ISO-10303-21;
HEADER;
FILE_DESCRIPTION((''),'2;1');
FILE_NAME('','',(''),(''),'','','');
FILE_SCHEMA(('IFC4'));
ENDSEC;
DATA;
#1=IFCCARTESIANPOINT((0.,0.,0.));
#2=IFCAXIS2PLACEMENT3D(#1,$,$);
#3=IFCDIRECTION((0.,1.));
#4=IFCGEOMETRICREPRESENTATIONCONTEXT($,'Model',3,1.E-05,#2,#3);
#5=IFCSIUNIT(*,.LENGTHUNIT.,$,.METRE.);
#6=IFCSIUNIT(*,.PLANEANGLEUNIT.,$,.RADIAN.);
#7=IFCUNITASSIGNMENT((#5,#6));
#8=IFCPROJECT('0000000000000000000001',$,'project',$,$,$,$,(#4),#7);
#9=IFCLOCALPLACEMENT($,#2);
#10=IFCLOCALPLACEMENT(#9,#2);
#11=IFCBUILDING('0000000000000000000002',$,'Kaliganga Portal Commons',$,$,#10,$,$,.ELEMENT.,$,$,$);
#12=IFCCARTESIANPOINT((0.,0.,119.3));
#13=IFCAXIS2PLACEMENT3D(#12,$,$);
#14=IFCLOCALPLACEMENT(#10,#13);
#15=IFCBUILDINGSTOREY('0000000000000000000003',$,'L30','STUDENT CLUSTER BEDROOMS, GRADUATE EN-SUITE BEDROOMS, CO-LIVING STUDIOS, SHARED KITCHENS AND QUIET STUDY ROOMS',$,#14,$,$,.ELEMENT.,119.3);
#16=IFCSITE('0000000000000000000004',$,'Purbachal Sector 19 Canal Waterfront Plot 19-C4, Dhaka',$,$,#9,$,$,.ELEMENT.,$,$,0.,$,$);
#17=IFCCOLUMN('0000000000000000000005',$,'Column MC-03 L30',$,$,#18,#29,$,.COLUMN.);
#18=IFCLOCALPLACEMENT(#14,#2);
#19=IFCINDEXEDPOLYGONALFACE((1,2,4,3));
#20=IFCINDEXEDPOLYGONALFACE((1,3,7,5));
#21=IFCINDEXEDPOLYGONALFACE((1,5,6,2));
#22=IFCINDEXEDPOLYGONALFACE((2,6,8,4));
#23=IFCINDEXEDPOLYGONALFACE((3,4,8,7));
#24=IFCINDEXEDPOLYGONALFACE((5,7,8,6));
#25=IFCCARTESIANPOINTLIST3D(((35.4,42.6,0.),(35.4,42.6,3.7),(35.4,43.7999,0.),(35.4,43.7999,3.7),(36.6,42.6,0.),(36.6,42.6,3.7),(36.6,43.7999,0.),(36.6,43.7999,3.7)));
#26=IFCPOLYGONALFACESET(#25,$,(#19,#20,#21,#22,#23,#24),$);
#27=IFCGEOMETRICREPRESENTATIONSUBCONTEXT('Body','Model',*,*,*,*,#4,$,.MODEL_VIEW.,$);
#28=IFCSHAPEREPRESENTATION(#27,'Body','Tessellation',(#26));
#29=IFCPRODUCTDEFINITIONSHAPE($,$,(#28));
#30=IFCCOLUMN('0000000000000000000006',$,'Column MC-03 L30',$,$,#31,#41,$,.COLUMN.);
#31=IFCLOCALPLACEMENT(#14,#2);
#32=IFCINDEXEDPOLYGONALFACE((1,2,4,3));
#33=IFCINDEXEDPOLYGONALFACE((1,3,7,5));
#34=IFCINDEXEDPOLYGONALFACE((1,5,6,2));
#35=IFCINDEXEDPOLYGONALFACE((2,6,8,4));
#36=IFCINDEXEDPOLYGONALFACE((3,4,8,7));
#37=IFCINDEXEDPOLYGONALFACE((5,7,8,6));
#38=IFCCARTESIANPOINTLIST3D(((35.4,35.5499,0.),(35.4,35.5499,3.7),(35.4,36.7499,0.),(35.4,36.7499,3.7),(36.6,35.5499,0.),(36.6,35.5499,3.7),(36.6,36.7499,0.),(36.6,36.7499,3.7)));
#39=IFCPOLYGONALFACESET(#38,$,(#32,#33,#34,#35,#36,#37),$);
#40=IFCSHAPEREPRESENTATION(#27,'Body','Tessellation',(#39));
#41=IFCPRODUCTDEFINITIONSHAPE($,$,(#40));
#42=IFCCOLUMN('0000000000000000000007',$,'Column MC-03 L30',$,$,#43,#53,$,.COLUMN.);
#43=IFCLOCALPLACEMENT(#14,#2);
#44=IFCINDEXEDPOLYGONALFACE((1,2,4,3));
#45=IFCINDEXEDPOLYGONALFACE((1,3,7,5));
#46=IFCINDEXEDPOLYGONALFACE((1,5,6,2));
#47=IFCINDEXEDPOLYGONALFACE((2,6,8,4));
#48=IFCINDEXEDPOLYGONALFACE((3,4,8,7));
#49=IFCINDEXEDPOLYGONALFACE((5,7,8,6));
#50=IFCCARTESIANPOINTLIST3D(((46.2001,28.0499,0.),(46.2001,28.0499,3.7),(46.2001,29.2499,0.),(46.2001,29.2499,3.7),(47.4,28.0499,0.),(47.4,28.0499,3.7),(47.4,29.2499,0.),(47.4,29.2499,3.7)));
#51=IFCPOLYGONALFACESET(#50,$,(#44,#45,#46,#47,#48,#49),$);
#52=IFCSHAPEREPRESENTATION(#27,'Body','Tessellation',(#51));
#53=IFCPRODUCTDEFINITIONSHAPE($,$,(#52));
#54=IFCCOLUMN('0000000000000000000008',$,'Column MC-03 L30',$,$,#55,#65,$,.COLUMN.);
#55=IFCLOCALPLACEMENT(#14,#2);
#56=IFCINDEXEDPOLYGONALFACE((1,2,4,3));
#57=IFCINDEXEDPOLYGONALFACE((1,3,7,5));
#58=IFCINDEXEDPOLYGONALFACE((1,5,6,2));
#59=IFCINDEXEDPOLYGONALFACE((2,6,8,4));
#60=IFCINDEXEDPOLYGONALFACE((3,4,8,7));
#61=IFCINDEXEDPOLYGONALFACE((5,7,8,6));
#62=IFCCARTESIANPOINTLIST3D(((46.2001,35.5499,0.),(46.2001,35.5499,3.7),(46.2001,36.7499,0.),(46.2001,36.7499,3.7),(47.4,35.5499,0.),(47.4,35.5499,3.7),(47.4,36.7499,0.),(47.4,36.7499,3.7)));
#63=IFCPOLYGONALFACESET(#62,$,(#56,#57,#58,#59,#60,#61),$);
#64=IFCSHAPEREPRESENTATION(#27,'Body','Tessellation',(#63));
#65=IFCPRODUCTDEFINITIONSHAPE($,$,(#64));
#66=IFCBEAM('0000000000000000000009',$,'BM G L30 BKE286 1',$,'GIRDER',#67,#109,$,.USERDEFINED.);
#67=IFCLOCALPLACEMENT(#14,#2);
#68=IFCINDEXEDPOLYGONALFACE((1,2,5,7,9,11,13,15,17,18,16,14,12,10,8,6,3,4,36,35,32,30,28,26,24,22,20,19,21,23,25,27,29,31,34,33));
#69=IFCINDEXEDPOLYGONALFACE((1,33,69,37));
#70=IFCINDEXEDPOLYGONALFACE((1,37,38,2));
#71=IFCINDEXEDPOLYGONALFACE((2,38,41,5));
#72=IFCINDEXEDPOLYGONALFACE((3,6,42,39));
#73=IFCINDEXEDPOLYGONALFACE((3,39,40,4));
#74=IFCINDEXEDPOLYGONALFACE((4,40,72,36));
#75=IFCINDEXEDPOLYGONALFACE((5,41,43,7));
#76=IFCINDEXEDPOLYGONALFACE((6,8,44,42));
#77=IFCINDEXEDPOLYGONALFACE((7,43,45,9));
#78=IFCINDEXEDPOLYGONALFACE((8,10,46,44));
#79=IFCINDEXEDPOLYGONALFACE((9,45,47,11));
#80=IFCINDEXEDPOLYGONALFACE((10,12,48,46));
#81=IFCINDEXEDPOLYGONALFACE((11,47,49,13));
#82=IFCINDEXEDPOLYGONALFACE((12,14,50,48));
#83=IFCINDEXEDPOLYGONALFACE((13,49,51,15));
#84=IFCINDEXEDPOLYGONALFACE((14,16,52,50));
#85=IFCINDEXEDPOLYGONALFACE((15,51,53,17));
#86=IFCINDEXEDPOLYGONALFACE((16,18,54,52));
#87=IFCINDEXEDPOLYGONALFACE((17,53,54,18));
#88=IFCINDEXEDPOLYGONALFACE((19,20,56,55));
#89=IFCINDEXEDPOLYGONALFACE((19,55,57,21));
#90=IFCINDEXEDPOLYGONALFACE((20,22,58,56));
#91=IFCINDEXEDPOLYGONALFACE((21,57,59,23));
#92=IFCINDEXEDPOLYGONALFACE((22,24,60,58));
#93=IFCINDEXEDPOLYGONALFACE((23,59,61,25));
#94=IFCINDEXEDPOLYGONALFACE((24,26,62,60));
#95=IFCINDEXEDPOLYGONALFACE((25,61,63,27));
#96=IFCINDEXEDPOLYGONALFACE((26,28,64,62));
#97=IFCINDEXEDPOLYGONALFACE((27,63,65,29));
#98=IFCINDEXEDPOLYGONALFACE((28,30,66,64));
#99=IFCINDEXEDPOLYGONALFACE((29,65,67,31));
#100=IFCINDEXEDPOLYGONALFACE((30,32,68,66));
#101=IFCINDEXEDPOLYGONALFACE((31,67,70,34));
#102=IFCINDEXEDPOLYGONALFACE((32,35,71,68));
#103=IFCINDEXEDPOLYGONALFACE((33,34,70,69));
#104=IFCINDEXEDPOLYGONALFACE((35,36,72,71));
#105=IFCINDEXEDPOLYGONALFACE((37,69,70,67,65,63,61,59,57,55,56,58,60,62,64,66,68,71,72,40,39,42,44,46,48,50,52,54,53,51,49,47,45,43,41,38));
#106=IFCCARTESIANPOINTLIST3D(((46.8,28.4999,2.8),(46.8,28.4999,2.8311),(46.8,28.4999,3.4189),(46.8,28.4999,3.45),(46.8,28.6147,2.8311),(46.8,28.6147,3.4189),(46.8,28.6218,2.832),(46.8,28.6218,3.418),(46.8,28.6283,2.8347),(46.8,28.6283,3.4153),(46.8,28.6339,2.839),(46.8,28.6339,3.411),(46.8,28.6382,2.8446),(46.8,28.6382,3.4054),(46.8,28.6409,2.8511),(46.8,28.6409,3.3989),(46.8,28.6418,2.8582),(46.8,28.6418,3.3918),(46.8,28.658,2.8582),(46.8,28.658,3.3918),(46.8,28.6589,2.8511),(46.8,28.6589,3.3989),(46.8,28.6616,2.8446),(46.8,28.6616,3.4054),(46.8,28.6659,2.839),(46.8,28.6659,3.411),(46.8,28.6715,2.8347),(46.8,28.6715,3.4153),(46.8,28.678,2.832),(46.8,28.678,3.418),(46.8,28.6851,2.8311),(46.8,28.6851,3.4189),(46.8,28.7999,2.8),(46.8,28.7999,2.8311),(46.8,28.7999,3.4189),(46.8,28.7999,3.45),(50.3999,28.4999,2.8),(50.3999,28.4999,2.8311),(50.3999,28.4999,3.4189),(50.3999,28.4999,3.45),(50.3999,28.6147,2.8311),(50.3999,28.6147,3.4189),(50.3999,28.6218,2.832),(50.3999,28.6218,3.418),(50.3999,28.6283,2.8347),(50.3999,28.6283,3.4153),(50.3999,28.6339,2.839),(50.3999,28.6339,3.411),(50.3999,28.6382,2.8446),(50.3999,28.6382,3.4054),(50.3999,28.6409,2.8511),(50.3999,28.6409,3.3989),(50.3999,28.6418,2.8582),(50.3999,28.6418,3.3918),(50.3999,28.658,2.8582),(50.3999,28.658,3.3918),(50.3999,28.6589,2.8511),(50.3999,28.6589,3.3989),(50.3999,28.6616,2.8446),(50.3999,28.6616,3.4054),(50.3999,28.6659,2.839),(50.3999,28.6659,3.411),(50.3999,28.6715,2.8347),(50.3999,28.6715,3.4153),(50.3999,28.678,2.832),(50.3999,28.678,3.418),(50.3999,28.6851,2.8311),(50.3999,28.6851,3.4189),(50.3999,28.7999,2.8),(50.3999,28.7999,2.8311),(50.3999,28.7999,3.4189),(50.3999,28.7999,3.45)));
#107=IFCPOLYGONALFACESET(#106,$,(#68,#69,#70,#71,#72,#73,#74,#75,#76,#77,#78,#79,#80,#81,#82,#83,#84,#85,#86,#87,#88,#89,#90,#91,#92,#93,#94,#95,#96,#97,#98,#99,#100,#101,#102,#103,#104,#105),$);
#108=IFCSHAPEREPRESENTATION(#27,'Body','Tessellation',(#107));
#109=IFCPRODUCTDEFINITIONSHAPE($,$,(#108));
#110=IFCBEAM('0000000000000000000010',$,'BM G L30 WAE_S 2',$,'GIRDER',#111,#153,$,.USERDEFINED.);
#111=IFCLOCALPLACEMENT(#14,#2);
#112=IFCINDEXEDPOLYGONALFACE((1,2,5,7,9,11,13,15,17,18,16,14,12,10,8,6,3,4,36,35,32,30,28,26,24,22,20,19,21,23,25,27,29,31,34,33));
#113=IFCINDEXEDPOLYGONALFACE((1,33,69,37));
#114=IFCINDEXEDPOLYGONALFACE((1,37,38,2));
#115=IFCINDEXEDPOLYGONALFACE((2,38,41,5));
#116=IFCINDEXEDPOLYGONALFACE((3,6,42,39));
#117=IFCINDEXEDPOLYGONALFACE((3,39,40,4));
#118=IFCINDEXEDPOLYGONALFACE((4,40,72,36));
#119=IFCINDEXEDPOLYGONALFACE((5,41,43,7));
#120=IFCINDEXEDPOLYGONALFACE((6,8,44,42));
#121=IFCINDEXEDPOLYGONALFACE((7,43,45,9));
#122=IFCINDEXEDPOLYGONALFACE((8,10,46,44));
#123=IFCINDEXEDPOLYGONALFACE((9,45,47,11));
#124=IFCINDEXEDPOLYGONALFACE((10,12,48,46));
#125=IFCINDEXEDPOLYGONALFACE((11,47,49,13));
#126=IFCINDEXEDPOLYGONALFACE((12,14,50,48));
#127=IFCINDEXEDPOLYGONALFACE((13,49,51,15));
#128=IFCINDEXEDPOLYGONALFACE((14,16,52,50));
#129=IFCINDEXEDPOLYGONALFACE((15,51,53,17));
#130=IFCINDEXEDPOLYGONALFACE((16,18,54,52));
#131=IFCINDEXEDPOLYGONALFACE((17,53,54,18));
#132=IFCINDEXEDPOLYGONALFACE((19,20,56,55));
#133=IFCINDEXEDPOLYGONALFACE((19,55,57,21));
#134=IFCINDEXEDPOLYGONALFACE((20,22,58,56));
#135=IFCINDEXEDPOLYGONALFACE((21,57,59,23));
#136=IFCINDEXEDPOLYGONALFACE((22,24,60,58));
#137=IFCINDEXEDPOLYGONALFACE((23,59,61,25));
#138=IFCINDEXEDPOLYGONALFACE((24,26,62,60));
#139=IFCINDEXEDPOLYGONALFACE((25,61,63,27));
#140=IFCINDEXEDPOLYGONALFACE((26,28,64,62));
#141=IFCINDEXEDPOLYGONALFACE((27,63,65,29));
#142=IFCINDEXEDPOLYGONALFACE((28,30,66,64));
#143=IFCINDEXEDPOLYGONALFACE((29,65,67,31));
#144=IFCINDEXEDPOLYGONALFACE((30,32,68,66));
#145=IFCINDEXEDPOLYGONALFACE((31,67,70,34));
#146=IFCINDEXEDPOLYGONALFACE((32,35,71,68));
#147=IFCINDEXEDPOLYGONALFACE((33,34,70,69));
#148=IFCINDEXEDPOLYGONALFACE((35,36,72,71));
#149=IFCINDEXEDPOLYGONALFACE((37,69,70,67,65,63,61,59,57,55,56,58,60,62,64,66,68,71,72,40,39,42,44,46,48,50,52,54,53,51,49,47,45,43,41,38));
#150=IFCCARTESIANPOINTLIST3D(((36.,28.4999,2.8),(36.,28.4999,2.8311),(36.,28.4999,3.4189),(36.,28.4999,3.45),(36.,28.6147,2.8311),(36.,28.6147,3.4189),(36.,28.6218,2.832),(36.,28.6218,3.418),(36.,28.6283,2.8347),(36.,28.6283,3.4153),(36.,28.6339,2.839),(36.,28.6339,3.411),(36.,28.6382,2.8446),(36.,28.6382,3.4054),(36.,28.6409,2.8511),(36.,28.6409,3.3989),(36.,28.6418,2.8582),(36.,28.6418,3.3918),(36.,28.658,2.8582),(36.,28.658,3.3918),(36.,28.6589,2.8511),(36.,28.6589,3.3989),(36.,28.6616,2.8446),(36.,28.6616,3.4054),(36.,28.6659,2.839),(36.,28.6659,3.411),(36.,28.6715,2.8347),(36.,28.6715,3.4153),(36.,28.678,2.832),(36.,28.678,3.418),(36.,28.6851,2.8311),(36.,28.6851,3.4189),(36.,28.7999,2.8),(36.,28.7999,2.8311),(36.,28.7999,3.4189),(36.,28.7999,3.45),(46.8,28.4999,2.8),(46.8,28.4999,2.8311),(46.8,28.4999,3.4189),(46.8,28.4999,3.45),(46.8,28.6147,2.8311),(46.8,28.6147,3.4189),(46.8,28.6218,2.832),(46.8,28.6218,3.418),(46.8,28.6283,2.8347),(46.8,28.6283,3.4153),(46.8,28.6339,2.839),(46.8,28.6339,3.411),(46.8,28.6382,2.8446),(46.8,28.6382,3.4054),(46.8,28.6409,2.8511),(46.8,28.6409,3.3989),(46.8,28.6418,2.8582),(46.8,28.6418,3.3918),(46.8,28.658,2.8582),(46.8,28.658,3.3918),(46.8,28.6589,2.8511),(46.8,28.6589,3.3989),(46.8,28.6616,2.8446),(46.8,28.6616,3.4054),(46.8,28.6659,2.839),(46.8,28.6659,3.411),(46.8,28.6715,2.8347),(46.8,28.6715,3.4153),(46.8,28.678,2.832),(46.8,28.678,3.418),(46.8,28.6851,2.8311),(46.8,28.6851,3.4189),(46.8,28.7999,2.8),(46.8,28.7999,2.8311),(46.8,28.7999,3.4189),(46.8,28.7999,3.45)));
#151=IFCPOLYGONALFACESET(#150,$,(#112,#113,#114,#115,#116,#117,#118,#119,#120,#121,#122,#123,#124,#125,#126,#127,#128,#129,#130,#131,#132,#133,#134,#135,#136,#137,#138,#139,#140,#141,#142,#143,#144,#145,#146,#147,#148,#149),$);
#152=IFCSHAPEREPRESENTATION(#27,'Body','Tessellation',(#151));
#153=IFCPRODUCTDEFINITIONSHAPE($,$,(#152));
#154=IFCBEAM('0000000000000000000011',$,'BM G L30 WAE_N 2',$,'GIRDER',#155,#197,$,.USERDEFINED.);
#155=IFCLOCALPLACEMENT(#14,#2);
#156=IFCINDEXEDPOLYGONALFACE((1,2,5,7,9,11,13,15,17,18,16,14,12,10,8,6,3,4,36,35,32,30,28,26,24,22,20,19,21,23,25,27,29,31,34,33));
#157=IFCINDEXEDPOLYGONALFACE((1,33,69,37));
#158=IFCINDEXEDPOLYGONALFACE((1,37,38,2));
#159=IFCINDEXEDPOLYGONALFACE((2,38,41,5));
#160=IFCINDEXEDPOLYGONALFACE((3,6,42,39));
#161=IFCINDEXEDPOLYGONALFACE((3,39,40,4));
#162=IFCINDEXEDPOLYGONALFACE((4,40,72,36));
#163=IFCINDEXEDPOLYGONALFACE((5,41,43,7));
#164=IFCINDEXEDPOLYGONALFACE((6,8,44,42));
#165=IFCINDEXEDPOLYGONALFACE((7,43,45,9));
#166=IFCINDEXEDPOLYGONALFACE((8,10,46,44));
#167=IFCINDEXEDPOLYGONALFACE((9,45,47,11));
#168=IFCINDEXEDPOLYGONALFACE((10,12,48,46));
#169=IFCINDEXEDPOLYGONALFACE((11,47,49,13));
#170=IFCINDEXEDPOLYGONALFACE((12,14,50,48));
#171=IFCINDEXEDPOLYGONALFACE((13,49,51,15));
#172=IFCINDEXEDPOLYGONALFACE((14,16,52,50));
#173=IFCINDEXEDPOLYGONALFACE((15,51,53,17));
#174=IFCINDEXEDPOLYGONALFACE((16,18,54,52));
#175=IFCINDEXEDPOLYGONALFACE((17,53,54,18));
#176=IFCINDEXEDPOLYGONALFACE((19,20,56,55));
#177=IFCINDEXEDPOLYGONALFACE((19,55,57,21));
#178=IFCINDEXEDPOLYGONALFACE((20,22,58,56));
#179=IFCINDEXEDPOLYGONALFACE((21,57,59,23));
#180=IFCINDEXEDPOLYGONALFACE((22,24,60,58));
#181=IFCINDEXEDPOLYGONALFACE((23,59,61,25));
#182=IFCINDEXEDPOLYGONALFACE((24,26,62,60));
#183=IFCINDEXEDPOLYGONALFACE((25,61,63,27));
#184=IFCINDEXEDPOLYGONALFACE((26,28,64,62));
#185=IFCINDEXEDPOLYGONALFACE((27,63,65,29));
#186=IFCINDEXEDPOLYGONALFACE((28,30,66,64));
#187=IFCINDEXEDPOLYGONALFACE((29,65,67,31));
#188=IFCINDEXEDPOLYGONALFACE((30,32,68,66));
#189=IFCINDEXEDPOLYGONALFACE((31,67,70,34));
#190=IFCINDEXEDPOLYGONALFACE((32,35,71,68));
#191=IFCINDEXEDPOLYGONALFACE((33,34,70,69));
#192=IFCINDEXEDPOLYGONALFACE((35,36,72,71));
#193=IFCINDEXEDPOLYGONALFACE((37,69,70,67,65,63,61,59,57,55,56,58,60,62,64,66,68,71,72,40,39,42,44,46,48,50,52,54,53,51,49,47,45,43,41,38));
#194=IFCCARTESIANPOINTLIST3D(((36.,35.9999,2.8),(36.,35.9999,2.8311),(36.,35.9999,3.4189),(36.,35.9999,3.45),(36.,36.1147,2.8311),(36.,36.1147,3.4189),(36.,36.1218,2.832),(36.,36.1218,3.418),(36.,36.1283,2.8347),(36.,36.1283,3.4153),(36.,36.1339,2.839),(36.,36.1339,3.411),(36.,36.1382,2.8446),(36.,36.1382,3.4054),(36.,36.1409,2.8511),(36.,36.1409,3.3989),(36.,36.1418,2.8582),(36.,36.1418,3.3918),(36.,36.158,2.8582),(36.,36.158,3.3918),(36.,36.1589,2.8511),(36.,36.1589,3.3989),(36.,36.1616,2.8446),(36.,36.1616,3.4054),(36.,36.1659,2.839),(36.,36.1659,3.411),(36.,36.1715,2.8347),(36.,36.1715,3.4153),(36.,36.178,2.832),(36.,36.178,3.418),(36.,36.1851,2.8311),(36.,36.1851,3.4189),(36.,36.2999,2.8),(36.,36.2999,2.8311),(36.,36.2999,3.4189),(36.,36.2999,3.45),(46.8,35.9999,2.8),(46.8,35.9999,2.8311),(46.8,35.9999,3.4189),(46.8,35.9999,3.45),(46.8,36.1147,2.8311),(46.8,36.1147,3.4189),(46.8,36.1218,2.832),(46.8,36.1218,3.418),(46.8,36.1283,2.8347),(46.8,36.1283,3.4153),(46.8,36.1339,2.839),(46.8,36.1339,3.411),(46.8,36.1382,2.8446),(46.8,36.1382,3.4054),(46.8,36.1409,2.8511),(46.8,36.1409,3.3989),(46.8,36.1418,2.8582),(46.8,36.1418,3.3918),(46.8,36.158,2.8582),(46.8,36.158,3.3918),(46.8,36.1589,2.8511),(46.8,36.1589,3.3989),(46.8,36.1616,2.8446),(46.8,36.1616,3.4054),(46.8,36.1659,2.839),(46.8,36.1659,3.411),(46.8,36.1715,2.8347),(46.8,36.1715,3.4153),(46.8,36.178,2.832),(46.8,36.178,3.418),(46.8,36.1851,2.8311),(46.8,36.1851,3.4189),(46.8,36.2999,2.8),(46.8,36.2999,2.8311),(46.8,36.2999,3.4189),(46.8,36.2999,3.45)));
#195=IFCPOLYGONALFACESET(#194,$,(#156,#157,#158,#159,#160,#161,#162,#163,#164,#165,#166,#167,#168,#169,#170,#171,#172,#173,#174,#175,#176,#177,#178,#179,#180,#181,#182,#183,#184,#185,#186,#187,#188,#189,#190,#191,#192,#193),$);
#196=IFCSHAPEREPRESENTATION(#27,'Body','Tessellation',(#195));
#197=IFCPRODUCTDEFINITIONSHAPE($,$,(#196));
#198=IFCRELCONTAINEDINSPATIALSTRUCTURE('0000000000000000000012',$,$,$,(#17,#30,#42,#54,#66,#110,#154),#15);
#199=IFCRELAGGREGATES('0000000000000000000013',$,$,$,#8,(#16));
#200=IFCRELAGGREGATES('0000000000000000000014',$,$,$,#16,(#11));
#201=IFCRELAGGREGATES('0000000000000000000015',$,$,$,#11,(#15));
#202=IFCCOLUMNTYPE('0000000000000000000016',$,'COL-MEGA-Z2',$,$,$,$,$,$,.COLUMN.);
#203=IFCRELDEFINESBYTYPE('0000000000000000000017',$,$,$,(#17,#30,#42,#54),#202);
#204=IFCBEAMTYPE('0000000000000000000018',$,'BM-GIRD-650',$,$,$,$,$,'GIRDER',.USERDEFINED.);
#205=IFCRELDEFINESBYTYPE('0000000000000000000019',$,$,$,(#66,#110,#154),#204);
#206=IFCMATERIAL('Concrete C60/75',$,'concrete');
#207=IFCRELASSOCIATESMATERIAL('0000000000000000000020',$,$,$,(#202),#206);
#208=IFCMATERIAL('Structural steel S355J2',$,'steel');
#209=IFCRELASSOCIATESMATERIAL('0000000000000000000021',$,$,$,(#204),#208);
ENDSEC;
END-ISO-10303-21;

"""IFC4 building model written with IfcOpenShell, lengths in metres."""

from ifc_helpers import new_model, si_unit, direction, frame, origin, origin_2d, place, context, subcontext, project, spatial, rectangle, i_section, extrude, source, transform, mapped, material, material_profile, profile_set, type_object, element, save


model = new_model("IFC4")

# Units and contexts
model_context = context("Model", 3, precision=1e-05, world=origin(), true_north=direction((0.0, 1.0)))
body_context = subcontext(model_context, "Body", "Model", "MODEL_VIEW")
ifc_project = project(units=[si_unit("LENGTHUNIT", "METRE"), si_unit("PLANEANGLEUNIT", "RADIAN")], contexts=[model_context])

# Site, building, storey
site_placement = place(None, origin())
site = spatial("IfcSite", under=ifc_project, at=site_placement, Name="Purbachal Sector 19 Canal Waterfront Plot 19-C4, Dhaka", CompositionType="ELEMENT", RefElevation=0.0)
building_placement = place(site_placement, origin())
building = spatial("IfcBuilding", under=site, at=building_placement, Name="Kaliganga Portal Commons", CompositionType="ELEMENT")
storey_placement = place(building_placement, frame((0.0, 0.0, 119.3)))
storey = spatial("IfcBuildingStorey", under=building, at=storey_placement, Name="L30", Description="STUDENT CLUSTER BEDROOMS, GRADUATE EN-SUITE BEDROOMS, CO-LIVING STUDIOS, SHARED KITCHENS AND QUIET STUDY ROOMS", CompositionType="ELEMENT", Elevation=119.3)

# Columns
ifc_material_1 = material(Name="Concrete C60/75", Category="concrete")
ifc_material_profile_1 = material_profile(ifc_material_1, rectangle(XDim=1.2, YDim=1.2, at=origin_2d()), Name="RC 1200x1200")
ifc_profile_set_1 = profile_set([ifc_material_profile_1], Name="Concrete C60/75")
column_type = type_object("IfcColumnType", Name="COL-MEGA-Z2", PredefinedType="COLUMN", material=ifc_profile_set_1)
shared_shape_1 = source(origin(), body_context, "Body", "SweptSolid", [
    extrude(rectangle(XDim=1.2, YDim=1.2, at=origin_2d()), origin(), (0.0, 0.0, 1.0), 3.7),
])
for number, where, z_axis, x_axis, name in (
    (1, (36.0, 43.2, 0.0), (0.0, 0.0, 1.0), (1.0, 0.0, 0.0), "Column MC-03 L30"),
    (2, (36.0, 36.1499, 0.0), (0.0, 0.0, 1.0), (1.0, 0.0, 0.0), "Column MC-03 L30"),
    (3, (46.8, 28.6499, 0.0), (0.0, 0.0, 1.0), (1.0, 0.0, 0.0), "Column MC-03 L30"),
    (4, (46.8, 36.1499, 0.0), (0.0, 0.0, 1.0), (1.0, 0.0, 0.0), "Column MC-03 L30"),
):
    element("IfcColumn", number, at=place(storey_placement, frame(where, z_axis=z_axis, x_axis=x_axis)), inside=storey, type_object=column_type, Name=name, PredefinedType="COLUMN", context=body_context, shape_type="MappedRepresentation", body=[
        mapped(shared_shape_1, transform((0.0, 0.0, 0.0), x_axis=(1.0, 0.0, 0.0), y_axis=(0.0, 1.0, 0.0), z_axis=(0.0, 0.0, 1.0), scale=1.0)),
    ])

# Beams
ifc_material_2 = material(Name="Structural steel S355J2", Category="steel")
ifc_material_profile_2 = material_profile(ifc_material_2, i_section(OverallWidth=0.3, OverallDepth=0.6499, WebThickness=0.0161, FlangeThickness=0.031, FilletRadius=0.0271, at=origin_2d()), Name="HE 650 B")
ifc_profile_set_2 = profile_set([ifc_material_profile_2], Name="Structural steel S355J2 wide-flange")
beam_type_1 = type_object("IfcBeamType", Name="BM-GIRD-650", ElementType="GIRDER", PredefinedType="USERDEFINED", material=ifc_profile_set_2)
shared_shape_2 = source(origin(), body_context, "Body", "SweptSolid", [
    extrude(i_section(OverallWidth=0.3, OverallDepth=0.6499, WebThickness=0.0161, FlangeThickness=0.031, FilletRadius=0.0271, at=origin_2d()), origin(), (0.0, 0.0, 1.0), 3.5999),
])
beam_1_placement = place(storey_placement, frame((46.8, 28.6499, 3.125), z_axis=(1.0, 0.0, 0.0), x_axis=(0.0, 1.0, 0.0)))
element("IfcBeam", 5, at=beam_1_placement, inside=storey, type_object=beam_type_1, Name="BM G L30 BKE286 1", ObjectType="GIRDER", PredefinedType="USERDEFINED", context=body_context, shape_type="MappedRepresentation", body=[
    mapped(shared_shape_2, transform((0.0, 0.0, 0.0), x_axis=(1.0, 0.0, 0.0), y_axis=(0.0, 1.0, 0.0), z_axis=(0.0, 0.0, 1.0), scale=1.0)),
])
shared_shape_3 = source(origin(), body_context, "Body", "SweptSolid", [
    extrude(i_section(OverallWidth=0.3, OverallDepth=0.6499, WebThickness=0.0161, FlangeThickness=0.031, FilletRadius=0.0271, at=origin_2d()), origin(), (0.0, 0.0, 1.0), 10.8),
])
for number, where, z_axis, x_axis, name in (
    (6, (36.0, 28.6499, 3.125), (1.0, 0.0, 0.0), (0.0, 1.0, 0.0), "BM G L30 WAE_S 2"),
    (7, (36.0, 36.1499, 3.125), (1.0, 0.0, 0.0), (0.0, 1.0, 0.0), "BM G L30 WAE_N 2"),
):
    element("IfcBeam", number, at=place(storey_placement, frame(where, z_axis=z_axis, x_axis=x_axis)), inside=storey, type_object=beam_type_1, Name=name, ObjectType="GIRDER", PredefinedType="USERDEFINED", context=body_context, shape_type="MappedRepresentation", body=[
        mapped(shared_shape_3, transform((0.0, 0.0, 0.0), x_axis=(1.0, 0.0, 0.0), y_axis=(0.0, 1.0, 0.0), z_axis=(0.0, 0.0, 1.0), scale=1.0)),
    ])

save(model, "model.ifc")
